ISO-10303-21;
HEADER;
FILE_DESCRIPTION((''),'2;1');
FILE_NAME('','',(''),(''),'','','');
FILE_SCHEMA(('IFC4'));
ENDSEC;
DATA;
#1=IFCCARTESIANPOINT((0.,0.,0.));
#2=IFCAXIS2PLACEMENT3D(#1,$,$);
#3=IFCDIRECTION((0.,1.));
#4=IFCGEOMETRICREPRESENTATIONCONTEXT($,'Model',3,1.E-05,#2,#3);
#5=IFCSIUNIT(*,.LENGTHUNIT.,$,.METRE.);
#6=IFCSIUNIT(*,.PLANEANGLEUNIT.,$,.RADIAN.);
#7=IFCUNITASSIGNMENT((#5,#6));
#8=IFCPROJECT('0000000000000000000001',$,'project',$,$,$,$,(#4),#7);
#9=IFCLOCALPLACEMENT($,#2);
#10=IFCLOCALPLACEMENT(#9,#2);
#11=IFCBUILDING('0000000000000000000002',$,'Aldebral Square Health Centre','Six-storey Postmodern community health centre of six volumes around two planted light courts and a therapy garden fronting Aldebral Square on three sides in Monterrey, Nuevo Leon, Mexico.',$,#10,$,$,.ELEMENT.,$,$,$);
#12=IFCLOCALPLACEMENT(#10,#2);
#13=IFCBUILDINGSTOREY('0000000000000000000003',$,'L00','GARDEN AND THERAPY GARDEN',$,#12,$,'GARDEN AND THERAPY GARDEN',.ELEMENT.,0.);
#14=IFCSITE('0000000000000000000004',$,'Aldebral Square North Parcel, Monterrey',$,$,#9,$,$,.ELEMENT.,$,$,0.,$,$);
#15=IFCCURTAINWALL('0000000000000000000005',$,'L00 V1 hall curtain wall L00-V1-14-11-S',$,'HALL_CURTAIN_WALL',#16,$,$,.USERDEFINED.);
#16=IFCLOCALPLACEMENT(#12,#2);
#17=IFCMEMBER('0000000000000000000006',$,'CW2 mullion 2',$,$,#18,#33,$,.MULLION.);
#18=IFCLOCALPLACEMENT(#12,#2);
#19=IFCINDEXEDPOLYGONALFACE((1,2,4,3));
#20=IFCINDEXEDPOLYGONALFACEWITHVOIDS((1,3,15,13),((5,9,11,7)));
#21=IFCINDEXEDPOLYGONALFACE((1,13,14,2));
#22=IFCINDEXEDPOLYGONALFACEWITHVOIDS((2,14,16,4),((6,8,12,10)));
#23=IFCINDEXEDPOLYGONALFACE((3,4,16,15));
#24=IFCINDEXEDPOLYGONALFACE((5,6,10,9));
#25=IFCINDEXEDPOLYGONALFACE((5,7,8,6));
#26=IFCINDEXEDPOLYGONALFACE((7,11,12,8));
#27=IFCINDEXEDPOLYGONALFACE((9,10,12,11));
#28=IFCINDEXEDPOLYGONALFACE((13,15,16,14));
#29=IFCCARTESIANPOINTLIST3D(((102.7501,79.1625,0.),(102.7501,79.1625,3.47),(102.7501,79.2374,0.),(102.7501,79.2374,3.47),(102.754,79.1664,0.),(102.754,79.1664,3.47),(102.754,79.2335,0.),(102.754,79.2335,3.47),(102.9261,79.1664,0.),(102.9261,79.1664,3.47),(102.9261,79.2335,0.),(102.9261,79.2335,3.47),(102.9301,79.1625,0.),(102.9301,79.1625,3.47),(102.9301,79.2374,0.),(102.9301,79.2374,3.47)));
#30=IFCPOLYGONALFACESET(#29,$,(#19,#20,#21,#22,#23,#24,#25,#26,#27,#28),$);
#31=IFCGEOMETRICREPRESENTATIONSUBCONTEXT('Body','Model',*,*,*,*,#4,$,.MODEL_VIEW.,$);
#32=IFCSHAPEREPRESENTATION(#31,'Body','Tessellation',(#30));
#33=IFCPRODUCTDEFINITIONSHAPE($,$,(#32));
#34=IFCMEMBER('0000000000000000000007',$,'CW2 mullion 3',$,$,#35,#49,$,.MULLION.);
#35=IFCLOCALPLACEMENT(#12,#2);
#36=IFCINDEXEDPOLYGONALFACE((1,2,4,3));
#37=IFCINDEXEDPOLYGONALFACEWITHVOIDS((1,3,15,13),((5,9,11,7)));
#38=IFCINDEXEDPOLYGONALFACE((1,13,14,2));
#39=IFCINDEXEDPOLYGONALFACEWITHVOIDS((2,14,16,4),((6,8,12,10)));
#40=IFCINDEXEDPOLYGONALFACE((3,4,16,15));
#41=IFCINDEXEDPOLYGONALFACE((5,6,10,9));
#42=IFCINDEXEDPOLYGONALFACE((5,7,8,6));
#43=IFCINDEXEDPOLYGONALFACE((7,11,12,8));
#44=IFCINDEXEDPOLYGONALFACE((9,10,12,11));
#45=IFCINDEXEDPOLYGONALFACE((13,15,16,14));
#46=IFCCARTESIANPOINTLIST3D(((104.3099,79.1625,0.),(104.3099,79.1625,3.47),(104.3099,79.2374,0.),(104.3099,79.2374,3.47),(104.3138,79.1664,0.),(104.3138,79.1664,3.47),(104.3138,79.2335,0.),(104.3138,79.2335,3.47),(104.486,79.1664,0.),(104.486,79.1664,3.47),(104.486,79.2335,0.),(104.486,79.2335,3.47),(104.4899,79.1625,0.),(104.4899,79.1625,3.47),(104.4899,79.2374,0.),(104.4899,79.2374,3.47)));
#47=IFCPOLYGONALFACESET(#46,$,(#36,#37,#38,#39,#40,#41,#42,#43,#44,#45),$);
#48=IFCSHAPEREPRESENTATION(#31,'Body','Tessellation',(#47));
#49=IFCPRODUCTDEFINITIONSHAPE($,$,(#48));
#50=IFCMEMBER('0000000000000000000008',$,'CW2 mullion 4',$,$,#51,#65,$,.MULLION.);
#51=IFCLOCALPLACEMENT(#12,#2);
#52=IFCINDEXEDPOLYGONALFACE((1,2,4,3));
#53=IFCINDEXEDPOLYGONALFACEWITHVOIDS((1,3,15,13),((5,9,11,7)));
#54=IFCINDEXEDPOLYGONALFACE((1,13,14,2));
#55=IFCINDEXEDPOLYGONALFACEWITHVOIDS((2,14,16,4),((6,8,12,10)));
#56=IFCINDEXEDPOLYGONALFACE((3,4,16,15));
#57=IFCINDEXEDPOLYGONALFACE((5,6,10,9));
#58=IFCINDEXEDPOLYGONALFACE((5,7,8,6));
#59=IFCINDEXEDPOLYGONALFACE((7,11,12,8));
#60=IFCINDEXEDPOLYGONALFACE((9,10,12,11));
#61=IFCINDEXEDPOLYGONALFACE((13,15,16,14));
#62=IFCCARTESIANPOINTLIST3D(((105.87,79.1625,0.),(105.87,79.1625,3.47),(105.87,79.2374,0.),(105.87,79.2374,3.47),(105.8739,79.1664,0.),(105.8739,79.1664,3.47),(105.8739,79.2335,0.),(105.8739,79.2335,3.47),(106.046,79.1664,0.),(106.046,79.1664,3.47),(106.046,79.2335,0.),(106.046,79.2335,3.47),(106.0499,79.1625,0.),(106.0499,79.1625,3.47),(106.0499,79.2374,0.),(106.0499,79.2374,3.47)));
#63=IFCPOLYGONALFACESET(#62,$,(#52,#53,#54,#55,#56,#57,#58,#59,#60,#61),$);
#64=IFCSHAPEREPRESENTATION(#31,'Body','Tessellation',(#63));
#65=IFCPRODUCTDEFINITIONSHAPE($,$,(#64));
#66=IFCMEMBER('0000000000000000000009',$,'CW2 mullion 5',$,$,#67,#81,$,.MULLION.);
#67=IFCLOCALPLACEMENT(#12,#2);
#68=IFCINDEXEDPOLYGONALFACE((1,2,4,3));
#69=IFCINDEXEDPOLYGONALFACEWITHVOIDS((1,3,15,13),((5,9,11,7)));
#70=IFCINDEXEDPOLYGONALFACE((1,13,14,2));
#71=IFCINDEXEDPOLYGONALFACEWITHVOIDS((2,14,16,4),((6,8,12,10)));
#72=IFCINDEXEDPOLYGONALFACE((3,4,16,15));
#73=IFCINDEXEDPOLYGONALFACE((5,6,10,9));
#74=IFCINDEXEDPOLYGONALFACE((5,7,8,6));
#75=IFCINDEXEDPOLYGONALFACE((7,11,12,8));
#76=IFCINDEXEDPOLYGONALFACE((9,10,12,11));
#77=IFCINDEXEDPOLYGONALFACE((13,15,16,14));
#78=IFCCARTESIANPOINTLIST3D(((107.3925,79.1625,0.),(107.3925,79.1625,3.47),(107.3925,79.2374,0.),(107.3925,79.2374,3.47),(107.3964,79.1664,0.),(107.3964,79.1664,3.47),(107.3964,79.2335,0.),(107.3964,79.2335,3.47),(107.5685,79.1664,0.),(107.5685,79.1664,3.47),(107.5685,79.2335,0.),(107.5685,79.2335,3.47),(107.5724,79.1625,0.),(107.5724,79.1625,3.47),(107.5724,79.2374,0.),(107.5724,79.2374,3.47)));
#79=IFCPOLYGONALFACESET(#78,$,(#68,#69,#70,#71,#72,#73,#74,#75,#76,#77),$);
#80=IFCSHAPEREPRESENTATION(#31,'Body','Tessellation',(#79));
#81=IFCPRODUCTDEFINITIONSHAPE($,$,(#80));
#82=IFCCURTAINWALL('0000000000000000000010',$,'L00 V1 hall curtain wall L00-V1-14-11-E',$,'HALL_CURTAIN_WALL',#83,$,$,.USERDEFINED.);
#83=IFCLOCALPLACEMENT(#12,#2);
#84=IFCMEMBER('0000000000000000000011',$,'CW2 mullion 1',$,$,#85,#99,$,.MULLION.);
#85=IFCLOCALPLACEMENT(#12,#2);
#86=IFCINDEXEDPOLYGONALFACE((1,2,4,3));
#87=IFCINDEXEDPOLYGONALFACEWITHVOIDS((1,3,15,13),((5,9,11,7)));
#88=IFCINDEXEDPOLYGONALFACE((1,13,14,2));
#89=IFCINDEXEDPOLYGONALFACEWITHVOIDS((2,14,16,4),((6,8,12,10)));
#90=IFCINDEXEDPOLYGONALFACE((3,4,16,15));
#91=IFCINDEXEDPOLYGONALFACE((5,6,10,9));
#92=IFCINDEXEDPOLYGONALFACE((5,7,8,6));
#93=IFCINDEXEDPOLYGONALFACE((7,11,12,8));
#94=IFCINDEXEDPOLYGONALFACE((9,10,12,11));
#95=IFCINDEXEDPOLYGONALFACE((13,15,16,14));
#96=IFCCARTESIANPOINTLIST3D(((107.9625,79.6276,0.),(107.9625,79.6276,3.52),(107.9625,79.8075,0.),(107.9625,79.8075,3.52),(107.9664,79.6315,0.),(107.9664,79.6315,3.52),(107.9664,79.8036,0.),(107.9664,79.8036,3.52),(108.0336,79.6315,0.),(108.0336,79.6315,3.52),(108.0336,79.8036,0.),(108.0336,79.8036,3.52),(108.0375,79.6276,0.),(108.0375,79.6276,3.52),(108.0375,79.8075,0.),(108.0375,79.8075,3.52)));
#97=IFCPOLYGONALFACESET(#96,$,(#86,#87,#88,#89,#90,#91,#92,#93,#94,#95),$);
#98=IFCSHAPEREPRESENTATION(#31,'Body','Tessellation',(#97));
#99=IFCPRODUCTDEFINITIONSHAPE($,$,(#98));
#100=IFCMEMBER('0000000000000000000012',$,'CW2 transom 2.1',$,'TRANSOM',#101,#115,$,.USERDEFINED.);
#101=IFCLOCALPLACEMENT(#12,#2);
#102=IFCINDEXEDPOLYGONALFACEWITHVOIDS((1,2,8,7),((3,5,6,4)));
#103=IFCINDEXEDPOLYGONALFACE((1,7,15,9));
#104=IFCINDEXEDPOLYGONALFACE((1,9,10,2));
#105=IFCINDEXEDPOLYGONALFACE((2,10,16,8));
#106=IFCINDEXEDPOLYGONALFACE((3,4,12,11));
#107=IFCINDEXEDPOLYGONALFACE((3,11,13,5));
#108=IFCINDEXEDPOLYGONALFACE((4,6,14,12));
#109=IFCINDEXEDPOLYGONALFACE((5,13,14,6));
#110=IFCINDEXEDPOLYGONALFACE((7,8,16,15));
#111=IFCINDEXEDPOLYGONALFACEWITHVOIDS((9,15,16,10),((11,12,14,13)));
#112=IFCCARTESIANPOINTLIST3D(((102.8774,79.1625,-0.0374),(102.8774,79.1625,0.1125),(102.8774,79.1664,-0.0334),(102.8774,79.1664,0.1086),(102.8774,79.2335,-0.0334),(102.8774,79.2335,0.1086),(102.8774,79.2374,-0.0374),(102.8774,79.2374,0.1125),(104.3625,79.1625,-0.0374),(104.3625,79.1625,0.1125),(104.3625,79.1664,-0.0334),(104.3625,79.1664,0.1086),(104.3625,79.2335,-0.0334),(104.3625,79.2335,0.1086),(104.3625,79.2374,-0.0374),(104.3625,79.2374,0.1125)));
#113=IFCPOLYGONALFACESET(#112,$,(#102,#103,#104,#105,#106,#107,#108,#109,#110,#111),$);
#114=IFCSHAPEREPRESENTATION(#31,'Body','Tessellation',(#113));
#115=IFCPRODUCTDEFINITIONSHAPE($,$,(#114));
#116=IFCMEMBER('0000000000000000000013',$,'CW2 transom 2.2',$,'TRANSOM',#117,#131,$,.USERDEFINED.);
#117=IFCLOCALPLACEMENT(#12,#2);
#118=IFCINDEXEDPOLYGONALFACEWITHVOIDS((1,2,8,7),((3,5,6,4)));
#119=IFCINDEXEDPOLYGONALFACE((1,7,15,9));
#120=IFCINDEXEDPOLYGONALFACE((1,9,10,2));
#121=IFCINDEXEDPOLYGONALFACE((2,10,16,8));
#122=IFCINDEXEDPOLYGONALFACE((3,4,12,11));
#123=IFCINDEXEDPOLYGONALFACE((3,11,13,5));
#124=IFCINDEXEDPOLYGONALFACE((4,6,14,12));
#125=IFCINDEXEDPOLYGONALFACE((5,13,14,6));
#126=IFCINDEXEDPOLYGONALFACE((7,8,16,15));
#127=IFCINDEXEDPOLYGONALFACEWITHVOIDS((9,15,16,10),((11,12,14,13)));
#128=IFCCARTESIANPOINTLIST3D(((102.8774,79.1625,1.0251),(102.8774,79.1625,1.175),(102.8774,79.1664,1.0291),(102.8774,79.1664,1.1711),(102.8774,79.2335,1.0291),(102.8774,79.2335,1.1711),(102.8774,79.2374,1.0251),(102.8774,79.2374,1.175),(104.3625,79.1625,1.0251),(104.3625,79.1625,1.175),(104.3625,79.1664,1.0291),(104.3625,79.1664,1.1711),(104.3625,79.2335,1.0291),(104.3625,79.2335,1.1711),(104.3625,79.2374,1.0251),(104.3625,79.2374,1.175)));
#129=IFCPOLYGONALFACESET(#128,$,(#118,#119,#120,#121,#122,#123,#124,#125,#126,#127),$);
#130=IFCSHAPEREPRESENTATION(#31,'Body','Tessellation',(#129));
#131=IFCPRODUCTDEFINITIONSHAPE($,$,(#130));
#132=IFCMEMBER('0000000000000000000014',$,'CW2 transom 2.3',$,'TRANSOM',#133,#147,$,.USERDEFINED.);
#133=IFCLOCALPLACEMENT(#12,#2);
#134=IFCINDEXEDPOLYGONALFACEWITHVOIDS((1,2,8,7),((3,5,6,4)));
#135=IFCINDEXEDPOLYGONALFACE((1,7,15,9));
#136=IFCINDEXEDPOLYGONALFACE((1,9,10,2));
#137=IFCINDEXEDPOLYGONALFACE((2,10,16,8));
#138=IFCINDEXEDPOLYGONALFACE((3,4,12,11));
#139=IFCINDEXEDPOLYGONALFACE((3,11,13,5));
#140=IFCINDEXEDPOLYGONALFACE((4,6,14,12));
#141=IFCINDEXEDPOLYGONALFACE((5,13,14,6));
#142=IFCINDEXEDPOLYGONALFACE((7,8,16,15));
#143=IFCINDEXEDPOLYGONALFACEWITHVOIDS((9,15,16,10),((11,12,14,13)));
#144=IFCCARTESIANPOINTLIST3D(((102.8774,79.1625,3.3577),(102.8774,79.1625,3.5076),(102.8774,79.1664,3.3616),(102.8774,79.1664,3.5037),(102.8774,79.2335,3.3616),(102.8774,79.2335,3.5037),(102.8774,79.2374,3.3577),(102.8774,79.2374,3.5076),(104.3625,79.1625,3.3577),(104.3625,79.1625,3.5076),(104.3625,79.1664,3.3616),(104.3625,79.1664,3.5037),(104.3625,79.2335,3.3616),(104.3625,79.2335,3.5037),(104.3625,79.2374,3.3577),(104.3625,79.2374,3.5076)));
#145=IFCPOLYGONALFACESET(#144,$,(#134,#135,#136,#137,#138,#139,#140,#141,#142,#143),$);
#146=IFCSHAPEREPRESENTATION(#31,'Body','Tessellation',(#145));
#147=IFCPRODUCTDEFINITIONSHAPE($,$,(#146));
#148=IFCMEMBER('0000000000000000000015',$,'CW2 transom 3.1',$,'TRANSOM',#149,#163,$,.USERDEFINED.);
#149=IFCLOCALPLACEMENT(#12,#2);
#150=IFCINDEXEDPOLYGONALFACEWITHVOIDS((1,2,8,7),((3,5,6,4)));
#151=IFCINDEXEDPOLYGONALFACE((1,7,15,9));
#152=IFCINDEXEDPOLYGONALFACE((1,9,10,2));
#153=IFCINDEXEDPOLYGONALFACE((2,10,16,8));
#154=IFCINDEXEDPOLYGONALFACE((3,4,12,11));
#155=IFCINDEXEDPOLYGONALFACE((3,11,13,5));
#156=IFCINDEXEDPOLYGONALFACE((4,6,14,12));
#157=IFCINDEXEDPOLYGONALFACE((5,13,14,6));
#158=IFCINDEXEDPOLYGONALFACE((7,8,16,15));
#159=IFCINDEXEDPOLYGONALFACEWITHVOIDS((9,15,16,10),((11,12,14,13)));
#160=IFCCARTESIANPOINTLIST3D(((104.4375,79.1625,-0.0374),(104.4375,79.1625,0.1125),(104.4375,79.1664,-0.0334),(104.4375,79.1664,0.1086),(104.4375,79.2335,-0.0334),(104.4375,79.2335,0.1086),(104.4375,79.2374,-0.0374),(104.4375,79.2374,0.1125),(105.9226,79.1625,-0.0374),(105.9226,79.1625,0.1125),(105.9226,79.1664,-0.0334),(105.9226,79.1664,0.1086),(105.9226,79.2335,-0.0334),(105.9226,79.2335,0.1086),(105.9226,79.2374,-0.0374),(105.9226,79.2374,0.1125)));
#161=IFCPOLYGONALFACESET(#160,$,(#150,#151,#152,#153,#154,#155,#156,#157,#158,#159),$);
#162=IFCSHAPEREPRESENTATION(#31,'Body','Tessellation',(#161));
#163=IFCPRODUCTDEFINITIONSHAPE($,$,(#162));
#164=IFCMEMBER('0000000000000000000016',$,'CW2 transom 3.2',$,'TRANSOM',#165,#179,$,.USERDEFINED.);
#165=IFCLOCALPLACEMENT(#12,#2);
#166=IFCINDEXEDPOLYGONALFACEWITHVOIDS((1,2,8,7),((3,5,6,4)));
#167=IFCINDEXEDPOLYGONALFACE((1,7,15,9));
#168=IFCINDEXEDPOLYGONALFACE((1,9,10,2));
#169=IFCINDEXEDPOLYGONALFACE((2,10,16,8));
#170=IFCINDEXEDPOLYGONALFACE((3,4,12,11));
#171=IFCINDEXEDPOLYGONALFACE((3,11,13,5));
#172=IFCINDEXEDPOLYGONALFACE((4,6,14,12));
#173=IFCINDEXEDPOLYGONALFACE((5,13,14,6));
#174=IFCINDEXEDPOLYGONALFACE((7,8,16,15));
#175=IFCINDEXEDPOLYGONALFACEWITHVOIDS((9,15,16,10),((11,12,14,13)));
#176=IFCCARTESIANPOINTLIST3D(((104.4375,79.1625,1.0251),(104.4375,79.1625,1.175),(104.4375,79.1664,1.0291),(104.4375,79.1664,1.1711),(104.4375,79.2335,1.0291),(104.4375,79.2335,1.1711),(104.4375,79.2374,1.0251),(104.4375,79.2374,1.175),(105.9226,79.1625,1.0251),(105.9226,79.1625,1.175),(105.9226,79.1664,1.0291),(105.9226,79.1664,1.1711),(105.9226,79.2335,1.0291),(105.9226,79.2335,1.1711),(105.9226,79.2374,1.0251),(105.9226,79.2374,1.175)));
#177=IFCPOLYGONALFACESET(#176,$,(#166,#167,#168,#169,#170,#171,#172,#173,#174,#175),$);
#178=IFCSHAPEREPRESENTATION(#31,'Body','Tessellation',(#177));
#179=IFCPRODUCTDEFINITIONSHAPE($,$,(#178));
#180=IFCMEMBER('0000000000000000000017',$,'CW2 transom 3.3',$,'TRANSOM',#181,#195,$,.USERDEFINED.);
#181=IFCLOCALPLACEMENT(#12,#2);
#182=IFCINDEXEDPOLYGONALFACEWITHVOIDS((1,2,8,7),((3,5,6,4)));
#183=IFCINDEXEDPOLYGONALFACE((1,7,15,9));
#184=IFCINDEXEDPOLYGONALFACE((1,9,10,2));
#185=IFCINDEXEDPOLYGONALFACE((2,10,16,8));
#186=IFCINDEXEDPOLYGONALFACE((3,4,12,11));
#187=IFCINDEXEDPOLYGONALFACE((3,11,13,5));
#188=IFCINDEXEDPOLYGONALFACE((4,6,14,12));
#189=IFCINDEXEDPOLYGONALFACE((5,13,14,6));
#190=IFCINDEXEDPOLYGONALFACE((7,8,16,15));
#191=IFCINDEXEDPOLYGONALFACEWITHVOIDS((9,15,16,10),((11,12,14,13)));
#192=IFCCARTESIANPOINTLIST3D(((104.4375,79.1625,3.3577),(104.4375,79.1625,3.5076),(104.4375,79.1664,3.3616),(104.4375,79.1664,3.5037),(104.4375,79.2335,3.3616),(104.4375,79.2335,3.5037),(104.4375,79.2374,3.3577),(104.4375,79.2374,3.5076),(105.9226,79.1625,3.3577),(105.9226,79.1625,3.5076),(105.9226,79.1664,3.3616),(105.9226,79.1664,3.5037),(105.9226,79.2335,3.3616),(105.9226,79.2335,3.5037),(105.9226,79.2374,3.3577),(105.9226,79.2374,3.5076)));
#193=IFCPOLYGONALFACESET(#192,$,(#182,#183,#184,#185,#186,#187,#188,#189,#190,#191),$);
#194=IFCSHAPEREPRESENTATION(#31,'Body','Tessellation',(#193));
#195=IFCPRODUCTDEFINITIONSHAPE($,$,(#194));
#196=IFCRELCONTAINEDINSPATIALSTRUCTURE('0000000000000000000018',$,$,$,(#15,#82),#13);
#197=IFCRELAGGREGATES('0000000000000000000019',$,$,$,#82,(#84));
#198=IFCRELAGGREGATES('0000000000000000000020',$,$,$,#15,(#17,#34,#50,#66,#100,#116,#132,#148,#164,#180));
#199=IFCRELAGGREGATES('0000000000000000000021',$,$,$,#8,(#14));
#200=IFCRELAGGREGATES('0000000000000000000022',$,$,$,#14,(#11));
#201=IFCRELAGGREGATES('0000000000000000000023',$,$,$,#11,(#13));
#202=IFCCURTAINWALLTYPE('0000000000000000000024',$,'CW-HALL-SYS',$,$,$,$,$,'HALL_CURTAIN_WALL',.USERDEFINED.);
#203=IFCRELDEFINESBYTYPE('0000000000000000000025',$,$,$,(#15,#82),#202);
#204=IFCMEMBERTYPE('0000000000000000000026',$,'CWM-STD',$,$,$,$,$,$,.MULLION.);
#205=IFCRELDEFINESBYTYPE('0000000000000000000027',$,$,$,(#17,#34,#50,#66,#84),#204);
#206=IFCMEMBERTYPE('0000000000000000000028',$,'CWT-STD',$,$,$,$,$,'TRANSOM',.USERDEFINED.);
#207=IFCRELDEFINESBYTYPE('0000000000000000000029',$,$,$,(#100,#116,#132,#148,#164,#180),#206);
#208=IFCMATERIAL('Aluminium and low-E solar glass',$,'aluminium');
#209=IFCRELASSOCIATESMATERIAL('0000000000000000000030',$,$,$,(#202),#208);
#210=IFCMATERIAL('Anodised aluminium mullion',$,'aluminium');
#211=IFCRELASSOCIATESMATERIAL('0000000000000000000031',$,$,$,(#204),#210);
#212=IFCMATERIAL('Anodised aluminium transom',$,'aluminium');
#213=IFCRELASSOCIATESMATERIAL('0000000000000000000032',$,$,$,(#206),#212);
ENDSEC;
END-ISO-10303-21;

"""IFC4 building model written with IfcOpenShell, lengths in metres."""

from ifc_helpers import new_model, si_unit, direction, frame, origin, origin_2d, place, context, subcontext, project, spatial, hollow_rectangle, extrude, material, material_profile, profile_set, type_object, element, aggregate, save


model = new_model("IFC4")

# Units and contexts
model_context = context("Model", 3, precision=1e-05, world=origin(), true_north=direction((0.0, 1.0)))
body_context = subcontext(model_context, "Body", "Model", "MODEL_VIEW")
ifc_project = project(units=[si_unit("LENGTHUNIT", "METRE"), si_unit("PLANEANGLEUNIT", "RADIAN")], contexts=[model_context])

# Site, building, storey
site_placement = place(None, origin())
site = spatial("IfcSite", under=ifc_project, at=site_placement, Name="Aldebral Square North Parcel, Monterrey", CompositionType="ELEMENT", RefElevation=0.0)
building_placement = place(site_placement, origin())
building = spatial("IfcBuilding", under=site, at=building_placement, Name="Aldebral Square Health Centre", Description="Six-storey Postmodern community health centre of six volumes around two planted light courts and a therapy garden fronting Aldebral Square on three sides in Monterrey, Nuevo Leon, Mexico.", CompositionType="ELEMENT")
storey_placement = place(building_placement, origin())
storey = spatial("IfcBuildingStorey", under=building, at=storey_placement, Name="L00", Description="GARDEN AND THERAPY GARDEN", LongName="GARDEN AND THERAPY GARDEN", CompositionType="ELEMENT", Elevation=0.0)

# Curtain wall, members
ifc_material_1 = material(Name="Aluminium and low-E solar glass", Category="aluminium")
curtain_wall_type = type_object("IfcCurtainWallType", Name="CW-HALL-SYS", ElementType="HALL_CURTAIN_WALL", PredefinedType="USERDEFINED", material=ifc_material_1)
curtain_wall_1_placement = place(storey_placement, origin())
curtain_wall_1 = element("IfcCurtainWall", 1, at=curtain_wall_1_placement, inside=storey, type_object=curtain_wall_type, Name="L00 V1 hall curtain wall L00-V1-14-11-S", ObjectType="HALL_CURTAIN_WALL", PredefinedType="USERDEFINED")
ifc_material_2 = material(Name="Anodised aluminium mullion", Category="aluminium")
ifc_material_profile_1 = material_profile(ifc_material_2, hollow_rectangle(XDim=0.075, YDim=0.1799, WallThickness=0.0039, at=origin_2d()), Name="CWM 75x180x4")
ifc_profile_set_1 = profile_set([ifc_material_profile_1], Name="Anodised aluminium mullion")
member_type_1 = type_object("IfcMemberType", Name="CWM-STD", PredefinedType="MULLION", material=ifc_profile_set_1)
member_1_placement = place(storey_placement, frame((102.8401, 79.2, 0.0), z_axis=(0.0, 0.0, 1.0), x_axis=(0.0, 1.0, 0.0)))
member_1 = element("IfcMember", 2, at=member_1_placement, type_object=member_type_1, Name="CW2 mullion 2", PredefinedType="MULLION", context=body_context, shape_type="SweptSolid", body=[
    extrude(hollow_rectangle(XDim=0.075, YDim=0.1799, WallThickness=0.0039, at=origin_2d()), origin(), (0.0, 0.0, 1.0), 3.47),
])
member_2_placement = place(storey_placement, frame((104.3999, 79.2, 0.0), z_axis=(0.0, 0.0, 1.0), x_axis=(0.0, 1.0, 0.0)))
member_2 = element("IfcMember", 3, at=member_2_placement, type_object=member_type_1, Name="CW2 mullion 3", PredefinedType="MULLION", context=body_context, shape_type="SweptSolid", body=[
    extrude(hollow_rectangle(XDim=0.075, YDim=0.1799, WallThickness=0.0039, at=origin_2d()), origin(), (0.0, 0.0, 1.0), 3.47),
])
member_3_placement = place(storey_placement, frame((105.96, 79.2, 0.0), z_axis=(0.0, 0.0, 1.0), x_axis=(0.0, 1.0, 0.0)))
member_3 = element("IfcMember", 4, at=member_3_placement, type_object=member_type_1, Name="CW2 mullion 4", PredefinedType="MULLION", context=body_context, shape_type="SweptSolid", body=[
    extrude(hollow_rectangle(XDim=0.075, YDim=0.1799, WallThickness=0.0039, at=origin_2d()), origin(), (0.0, 0.0, 1.0), 3.47),
])
member_4_placement = place(storey_placement, frame((107.4824, 79.2, 0.0), z_axis=(0.0, 0.0, 1.0), x_axis=(0.0, 1.0, 0.0)))
member_4 = element("IfcMember", 5, at=member_4_placement, type_object=member_type_1, Name="CW2 mullion 5", PredefinedType="MULLION", context=body_context, shape_type="SweptSolid", body=[
    extrude(hollow_rectangle(XDim=0.075, YDim=0.1799, WallThickness=0.0039, at=origin_2d()), origin(), (0.0, 0.0, 1.0), 3.47),
])

# Curtain wall, member
curtain_wall_2_placement = place(storey_placement, origin())
curtain_wall_2 = element("IfcCurtainWall", 6, at=curtain_wall_2_placement, inside=storey, type_object=curtain_wall_type, Name="L00 V1 hall curtain wall L00-V1-14-11-E", ObjectType="HALL_CURTAIN_WALL", PredefinedType="USERDEFINED")
member_5_placement = place(storey_placement, frame((108.0, 79.7175, 0.0), z_axis=(0.0, 0.0, 1.0), x_axis=(-1.0, 0.0, 0.0)))
member_5 = element("IfcMember", 7, at=member_5_placement, type_object=member_type_1, Name="CW2 mullion 1", PredefinedType="MULLION", context=body_context, shape_type="SweptSolid", body=[
    extrude(hollow_rectangle(XDim=0.075, YDim=0.1799, WallThickness=0.0039, at=origin_2d()), origin(), (0.0, 0.0, 1.0), 3.52),
])

# Members
ifc_material_3 = material(Name="Anodised aluminium transom", Category="aluminium")
ifc_material_profile_2 = material_profile(ifc_material_3, hollow_rectangle(XDim=0.075, YDim=0.1499, WallThickness=0.0039, at=origin_2d()), Name="CWT 75x150x4")
ifc_profile_set_2 = profile_set([ifc_material_profile_2], Name="Anodised aluminium transom")
member_type_2 = type_object("IfcMemberType", Name="CWT-STD", ElementType="TRANSOM", PredefinedType="USERDEFINED", material=ifc_profile_set_2)
member_6_placement = place(storey_placement, frame((102.8774, 79.2, 0.0376), z_axis=(1.0, 0.0, 0.0), x_axis=(0.0, 1.0, 0.0)))
member_6 = element("IfcMember", 8, at=member_6_placement, type_object=member_type_2, Name="CW2 transom 2.1", ObjectType="TRANSOM", PredefinedType="USERDEFINED", context=body_context, shape_type="SweptSolid", body=[
    extrude(hollow_rectangle(XDim=0.075, YDim=0.1499, WallThickness=0.0039, at=origin_2d()), origin(), (0.0, 0.0, 1.0), 1.4851),
])
member_7_placement = place(storey_placement, frame((102.8774, 79.2, 1.1001), z_axis=(1.0, 0.0, 0.0), x_axis=(0.0, 1.0, 0.0)))
member_7 = element("IfcMember", 9, at=member_7_placement, type_object=member_type_2, Name="CW2 transom 2.2", ObjectType="TRANSOM", PredefinedType="USERDEFINED", context=body_context, shape_type="SweptSolid", body=[
    extrude(hollow_rectangle(XDim=0.075, YDim=0.1499, WallThickness=0.0039, at=origin_2d()), origin(), (0.0, 0.0, 1.0), 1.4851),
])
member_8_placement = place(storey_placement, frame((102.8774, 79.2, 3.4326), z_axis=(1.0, 0.0, 0.0), x_axis=(0.0, 1.0, 0.0)))
member_8 = element("IfcMember", 10, at=member_8_placement, type_object=member_type_2, Name="CW2 transom 2.3", ObjectType="TRANSOM", PredefinedType="USERDEFINED", context=body_context, shape_type="SweptSolid", body=[
    extrude(hollow_rectangle(XDim=0.075, YDim=0.1499, WallThickness=0.0039, at=origin_2d()), origin(), (0.0, 0.0, 1.0), 1.4851),
])
member_9_placement = place(storey_placement, frame((104.4375, 79.2, 0.0376), z_axis=(1.0, 0.0, 0.0), x_axis=(0.0, 1.0, 0.0)))
member_9 = element("IfcMember", 11, at=member_9_placement, type_object=member_type_2, Name="CW2 transom 3.1", ObjectType="TRANSOM", PredefinedType="USERDEFINED", context=body_context, shape_type="SweptSolid", body=[
    extrude(hollow_rectangle(XDim=0.075, YDim=0.1499, WallThickness=0.0039, at=origin_2d()), origin(), (0.0, 0.0, 1.0), 1.4851),
])
member_10_placement = place(storey_placement, frame((104.4375, 79.2, 1.1001), z_axis=(1.0, 0.0, 0.0), x_axis=(0.0, 1.0, 0.0)))
member_10 = element("IfcMember", 12, at=member_10_placement, type_object=member_type_2, Name="CW2 transom 3.2", ObjectType="TRANSOM", PredefinedType="USERDEFINED", context=body_context, shape_type="SweptSolid", body=[
    extrude(hollow_rectangle(XDim=0.075, YDim=0.1499, WallThickness=0.0039, at=origin_2d()), origin(), (0.0, 0.0, 1.0), 1.4851),
])
member_11_placement = place(storey_placement, frame((104.4375, 79.2, 3.4326), z_axis=(1.0, 0.0, 0.0), x_axis=(0.0, 1.0, 0.0)))
member_11 = element("IfcMember", 13, at=member_11_placement, type_object=member_type_2, Name="CW2 transom 3.3", ObjectType="TRANSOM", PredefinedType="USERDEFINED", context=body_context, shape_type="SweptSolid", body=[
    extrude(hollow_rectangle(XDim=0.075, YDim=0.1499, WallThickness=0.0039, at=origin_2d()), origin(), (0.0, 0.0, 1.0), 1.4851),
])
aggregate(curtain_wall_2, [member_5])

aggregate(curtain_wall_1, [member_1, member_2, member_3, member_4, member_6, member_7, member_8, member_9, member_10, member_11])

save(model, "model.ifc")
